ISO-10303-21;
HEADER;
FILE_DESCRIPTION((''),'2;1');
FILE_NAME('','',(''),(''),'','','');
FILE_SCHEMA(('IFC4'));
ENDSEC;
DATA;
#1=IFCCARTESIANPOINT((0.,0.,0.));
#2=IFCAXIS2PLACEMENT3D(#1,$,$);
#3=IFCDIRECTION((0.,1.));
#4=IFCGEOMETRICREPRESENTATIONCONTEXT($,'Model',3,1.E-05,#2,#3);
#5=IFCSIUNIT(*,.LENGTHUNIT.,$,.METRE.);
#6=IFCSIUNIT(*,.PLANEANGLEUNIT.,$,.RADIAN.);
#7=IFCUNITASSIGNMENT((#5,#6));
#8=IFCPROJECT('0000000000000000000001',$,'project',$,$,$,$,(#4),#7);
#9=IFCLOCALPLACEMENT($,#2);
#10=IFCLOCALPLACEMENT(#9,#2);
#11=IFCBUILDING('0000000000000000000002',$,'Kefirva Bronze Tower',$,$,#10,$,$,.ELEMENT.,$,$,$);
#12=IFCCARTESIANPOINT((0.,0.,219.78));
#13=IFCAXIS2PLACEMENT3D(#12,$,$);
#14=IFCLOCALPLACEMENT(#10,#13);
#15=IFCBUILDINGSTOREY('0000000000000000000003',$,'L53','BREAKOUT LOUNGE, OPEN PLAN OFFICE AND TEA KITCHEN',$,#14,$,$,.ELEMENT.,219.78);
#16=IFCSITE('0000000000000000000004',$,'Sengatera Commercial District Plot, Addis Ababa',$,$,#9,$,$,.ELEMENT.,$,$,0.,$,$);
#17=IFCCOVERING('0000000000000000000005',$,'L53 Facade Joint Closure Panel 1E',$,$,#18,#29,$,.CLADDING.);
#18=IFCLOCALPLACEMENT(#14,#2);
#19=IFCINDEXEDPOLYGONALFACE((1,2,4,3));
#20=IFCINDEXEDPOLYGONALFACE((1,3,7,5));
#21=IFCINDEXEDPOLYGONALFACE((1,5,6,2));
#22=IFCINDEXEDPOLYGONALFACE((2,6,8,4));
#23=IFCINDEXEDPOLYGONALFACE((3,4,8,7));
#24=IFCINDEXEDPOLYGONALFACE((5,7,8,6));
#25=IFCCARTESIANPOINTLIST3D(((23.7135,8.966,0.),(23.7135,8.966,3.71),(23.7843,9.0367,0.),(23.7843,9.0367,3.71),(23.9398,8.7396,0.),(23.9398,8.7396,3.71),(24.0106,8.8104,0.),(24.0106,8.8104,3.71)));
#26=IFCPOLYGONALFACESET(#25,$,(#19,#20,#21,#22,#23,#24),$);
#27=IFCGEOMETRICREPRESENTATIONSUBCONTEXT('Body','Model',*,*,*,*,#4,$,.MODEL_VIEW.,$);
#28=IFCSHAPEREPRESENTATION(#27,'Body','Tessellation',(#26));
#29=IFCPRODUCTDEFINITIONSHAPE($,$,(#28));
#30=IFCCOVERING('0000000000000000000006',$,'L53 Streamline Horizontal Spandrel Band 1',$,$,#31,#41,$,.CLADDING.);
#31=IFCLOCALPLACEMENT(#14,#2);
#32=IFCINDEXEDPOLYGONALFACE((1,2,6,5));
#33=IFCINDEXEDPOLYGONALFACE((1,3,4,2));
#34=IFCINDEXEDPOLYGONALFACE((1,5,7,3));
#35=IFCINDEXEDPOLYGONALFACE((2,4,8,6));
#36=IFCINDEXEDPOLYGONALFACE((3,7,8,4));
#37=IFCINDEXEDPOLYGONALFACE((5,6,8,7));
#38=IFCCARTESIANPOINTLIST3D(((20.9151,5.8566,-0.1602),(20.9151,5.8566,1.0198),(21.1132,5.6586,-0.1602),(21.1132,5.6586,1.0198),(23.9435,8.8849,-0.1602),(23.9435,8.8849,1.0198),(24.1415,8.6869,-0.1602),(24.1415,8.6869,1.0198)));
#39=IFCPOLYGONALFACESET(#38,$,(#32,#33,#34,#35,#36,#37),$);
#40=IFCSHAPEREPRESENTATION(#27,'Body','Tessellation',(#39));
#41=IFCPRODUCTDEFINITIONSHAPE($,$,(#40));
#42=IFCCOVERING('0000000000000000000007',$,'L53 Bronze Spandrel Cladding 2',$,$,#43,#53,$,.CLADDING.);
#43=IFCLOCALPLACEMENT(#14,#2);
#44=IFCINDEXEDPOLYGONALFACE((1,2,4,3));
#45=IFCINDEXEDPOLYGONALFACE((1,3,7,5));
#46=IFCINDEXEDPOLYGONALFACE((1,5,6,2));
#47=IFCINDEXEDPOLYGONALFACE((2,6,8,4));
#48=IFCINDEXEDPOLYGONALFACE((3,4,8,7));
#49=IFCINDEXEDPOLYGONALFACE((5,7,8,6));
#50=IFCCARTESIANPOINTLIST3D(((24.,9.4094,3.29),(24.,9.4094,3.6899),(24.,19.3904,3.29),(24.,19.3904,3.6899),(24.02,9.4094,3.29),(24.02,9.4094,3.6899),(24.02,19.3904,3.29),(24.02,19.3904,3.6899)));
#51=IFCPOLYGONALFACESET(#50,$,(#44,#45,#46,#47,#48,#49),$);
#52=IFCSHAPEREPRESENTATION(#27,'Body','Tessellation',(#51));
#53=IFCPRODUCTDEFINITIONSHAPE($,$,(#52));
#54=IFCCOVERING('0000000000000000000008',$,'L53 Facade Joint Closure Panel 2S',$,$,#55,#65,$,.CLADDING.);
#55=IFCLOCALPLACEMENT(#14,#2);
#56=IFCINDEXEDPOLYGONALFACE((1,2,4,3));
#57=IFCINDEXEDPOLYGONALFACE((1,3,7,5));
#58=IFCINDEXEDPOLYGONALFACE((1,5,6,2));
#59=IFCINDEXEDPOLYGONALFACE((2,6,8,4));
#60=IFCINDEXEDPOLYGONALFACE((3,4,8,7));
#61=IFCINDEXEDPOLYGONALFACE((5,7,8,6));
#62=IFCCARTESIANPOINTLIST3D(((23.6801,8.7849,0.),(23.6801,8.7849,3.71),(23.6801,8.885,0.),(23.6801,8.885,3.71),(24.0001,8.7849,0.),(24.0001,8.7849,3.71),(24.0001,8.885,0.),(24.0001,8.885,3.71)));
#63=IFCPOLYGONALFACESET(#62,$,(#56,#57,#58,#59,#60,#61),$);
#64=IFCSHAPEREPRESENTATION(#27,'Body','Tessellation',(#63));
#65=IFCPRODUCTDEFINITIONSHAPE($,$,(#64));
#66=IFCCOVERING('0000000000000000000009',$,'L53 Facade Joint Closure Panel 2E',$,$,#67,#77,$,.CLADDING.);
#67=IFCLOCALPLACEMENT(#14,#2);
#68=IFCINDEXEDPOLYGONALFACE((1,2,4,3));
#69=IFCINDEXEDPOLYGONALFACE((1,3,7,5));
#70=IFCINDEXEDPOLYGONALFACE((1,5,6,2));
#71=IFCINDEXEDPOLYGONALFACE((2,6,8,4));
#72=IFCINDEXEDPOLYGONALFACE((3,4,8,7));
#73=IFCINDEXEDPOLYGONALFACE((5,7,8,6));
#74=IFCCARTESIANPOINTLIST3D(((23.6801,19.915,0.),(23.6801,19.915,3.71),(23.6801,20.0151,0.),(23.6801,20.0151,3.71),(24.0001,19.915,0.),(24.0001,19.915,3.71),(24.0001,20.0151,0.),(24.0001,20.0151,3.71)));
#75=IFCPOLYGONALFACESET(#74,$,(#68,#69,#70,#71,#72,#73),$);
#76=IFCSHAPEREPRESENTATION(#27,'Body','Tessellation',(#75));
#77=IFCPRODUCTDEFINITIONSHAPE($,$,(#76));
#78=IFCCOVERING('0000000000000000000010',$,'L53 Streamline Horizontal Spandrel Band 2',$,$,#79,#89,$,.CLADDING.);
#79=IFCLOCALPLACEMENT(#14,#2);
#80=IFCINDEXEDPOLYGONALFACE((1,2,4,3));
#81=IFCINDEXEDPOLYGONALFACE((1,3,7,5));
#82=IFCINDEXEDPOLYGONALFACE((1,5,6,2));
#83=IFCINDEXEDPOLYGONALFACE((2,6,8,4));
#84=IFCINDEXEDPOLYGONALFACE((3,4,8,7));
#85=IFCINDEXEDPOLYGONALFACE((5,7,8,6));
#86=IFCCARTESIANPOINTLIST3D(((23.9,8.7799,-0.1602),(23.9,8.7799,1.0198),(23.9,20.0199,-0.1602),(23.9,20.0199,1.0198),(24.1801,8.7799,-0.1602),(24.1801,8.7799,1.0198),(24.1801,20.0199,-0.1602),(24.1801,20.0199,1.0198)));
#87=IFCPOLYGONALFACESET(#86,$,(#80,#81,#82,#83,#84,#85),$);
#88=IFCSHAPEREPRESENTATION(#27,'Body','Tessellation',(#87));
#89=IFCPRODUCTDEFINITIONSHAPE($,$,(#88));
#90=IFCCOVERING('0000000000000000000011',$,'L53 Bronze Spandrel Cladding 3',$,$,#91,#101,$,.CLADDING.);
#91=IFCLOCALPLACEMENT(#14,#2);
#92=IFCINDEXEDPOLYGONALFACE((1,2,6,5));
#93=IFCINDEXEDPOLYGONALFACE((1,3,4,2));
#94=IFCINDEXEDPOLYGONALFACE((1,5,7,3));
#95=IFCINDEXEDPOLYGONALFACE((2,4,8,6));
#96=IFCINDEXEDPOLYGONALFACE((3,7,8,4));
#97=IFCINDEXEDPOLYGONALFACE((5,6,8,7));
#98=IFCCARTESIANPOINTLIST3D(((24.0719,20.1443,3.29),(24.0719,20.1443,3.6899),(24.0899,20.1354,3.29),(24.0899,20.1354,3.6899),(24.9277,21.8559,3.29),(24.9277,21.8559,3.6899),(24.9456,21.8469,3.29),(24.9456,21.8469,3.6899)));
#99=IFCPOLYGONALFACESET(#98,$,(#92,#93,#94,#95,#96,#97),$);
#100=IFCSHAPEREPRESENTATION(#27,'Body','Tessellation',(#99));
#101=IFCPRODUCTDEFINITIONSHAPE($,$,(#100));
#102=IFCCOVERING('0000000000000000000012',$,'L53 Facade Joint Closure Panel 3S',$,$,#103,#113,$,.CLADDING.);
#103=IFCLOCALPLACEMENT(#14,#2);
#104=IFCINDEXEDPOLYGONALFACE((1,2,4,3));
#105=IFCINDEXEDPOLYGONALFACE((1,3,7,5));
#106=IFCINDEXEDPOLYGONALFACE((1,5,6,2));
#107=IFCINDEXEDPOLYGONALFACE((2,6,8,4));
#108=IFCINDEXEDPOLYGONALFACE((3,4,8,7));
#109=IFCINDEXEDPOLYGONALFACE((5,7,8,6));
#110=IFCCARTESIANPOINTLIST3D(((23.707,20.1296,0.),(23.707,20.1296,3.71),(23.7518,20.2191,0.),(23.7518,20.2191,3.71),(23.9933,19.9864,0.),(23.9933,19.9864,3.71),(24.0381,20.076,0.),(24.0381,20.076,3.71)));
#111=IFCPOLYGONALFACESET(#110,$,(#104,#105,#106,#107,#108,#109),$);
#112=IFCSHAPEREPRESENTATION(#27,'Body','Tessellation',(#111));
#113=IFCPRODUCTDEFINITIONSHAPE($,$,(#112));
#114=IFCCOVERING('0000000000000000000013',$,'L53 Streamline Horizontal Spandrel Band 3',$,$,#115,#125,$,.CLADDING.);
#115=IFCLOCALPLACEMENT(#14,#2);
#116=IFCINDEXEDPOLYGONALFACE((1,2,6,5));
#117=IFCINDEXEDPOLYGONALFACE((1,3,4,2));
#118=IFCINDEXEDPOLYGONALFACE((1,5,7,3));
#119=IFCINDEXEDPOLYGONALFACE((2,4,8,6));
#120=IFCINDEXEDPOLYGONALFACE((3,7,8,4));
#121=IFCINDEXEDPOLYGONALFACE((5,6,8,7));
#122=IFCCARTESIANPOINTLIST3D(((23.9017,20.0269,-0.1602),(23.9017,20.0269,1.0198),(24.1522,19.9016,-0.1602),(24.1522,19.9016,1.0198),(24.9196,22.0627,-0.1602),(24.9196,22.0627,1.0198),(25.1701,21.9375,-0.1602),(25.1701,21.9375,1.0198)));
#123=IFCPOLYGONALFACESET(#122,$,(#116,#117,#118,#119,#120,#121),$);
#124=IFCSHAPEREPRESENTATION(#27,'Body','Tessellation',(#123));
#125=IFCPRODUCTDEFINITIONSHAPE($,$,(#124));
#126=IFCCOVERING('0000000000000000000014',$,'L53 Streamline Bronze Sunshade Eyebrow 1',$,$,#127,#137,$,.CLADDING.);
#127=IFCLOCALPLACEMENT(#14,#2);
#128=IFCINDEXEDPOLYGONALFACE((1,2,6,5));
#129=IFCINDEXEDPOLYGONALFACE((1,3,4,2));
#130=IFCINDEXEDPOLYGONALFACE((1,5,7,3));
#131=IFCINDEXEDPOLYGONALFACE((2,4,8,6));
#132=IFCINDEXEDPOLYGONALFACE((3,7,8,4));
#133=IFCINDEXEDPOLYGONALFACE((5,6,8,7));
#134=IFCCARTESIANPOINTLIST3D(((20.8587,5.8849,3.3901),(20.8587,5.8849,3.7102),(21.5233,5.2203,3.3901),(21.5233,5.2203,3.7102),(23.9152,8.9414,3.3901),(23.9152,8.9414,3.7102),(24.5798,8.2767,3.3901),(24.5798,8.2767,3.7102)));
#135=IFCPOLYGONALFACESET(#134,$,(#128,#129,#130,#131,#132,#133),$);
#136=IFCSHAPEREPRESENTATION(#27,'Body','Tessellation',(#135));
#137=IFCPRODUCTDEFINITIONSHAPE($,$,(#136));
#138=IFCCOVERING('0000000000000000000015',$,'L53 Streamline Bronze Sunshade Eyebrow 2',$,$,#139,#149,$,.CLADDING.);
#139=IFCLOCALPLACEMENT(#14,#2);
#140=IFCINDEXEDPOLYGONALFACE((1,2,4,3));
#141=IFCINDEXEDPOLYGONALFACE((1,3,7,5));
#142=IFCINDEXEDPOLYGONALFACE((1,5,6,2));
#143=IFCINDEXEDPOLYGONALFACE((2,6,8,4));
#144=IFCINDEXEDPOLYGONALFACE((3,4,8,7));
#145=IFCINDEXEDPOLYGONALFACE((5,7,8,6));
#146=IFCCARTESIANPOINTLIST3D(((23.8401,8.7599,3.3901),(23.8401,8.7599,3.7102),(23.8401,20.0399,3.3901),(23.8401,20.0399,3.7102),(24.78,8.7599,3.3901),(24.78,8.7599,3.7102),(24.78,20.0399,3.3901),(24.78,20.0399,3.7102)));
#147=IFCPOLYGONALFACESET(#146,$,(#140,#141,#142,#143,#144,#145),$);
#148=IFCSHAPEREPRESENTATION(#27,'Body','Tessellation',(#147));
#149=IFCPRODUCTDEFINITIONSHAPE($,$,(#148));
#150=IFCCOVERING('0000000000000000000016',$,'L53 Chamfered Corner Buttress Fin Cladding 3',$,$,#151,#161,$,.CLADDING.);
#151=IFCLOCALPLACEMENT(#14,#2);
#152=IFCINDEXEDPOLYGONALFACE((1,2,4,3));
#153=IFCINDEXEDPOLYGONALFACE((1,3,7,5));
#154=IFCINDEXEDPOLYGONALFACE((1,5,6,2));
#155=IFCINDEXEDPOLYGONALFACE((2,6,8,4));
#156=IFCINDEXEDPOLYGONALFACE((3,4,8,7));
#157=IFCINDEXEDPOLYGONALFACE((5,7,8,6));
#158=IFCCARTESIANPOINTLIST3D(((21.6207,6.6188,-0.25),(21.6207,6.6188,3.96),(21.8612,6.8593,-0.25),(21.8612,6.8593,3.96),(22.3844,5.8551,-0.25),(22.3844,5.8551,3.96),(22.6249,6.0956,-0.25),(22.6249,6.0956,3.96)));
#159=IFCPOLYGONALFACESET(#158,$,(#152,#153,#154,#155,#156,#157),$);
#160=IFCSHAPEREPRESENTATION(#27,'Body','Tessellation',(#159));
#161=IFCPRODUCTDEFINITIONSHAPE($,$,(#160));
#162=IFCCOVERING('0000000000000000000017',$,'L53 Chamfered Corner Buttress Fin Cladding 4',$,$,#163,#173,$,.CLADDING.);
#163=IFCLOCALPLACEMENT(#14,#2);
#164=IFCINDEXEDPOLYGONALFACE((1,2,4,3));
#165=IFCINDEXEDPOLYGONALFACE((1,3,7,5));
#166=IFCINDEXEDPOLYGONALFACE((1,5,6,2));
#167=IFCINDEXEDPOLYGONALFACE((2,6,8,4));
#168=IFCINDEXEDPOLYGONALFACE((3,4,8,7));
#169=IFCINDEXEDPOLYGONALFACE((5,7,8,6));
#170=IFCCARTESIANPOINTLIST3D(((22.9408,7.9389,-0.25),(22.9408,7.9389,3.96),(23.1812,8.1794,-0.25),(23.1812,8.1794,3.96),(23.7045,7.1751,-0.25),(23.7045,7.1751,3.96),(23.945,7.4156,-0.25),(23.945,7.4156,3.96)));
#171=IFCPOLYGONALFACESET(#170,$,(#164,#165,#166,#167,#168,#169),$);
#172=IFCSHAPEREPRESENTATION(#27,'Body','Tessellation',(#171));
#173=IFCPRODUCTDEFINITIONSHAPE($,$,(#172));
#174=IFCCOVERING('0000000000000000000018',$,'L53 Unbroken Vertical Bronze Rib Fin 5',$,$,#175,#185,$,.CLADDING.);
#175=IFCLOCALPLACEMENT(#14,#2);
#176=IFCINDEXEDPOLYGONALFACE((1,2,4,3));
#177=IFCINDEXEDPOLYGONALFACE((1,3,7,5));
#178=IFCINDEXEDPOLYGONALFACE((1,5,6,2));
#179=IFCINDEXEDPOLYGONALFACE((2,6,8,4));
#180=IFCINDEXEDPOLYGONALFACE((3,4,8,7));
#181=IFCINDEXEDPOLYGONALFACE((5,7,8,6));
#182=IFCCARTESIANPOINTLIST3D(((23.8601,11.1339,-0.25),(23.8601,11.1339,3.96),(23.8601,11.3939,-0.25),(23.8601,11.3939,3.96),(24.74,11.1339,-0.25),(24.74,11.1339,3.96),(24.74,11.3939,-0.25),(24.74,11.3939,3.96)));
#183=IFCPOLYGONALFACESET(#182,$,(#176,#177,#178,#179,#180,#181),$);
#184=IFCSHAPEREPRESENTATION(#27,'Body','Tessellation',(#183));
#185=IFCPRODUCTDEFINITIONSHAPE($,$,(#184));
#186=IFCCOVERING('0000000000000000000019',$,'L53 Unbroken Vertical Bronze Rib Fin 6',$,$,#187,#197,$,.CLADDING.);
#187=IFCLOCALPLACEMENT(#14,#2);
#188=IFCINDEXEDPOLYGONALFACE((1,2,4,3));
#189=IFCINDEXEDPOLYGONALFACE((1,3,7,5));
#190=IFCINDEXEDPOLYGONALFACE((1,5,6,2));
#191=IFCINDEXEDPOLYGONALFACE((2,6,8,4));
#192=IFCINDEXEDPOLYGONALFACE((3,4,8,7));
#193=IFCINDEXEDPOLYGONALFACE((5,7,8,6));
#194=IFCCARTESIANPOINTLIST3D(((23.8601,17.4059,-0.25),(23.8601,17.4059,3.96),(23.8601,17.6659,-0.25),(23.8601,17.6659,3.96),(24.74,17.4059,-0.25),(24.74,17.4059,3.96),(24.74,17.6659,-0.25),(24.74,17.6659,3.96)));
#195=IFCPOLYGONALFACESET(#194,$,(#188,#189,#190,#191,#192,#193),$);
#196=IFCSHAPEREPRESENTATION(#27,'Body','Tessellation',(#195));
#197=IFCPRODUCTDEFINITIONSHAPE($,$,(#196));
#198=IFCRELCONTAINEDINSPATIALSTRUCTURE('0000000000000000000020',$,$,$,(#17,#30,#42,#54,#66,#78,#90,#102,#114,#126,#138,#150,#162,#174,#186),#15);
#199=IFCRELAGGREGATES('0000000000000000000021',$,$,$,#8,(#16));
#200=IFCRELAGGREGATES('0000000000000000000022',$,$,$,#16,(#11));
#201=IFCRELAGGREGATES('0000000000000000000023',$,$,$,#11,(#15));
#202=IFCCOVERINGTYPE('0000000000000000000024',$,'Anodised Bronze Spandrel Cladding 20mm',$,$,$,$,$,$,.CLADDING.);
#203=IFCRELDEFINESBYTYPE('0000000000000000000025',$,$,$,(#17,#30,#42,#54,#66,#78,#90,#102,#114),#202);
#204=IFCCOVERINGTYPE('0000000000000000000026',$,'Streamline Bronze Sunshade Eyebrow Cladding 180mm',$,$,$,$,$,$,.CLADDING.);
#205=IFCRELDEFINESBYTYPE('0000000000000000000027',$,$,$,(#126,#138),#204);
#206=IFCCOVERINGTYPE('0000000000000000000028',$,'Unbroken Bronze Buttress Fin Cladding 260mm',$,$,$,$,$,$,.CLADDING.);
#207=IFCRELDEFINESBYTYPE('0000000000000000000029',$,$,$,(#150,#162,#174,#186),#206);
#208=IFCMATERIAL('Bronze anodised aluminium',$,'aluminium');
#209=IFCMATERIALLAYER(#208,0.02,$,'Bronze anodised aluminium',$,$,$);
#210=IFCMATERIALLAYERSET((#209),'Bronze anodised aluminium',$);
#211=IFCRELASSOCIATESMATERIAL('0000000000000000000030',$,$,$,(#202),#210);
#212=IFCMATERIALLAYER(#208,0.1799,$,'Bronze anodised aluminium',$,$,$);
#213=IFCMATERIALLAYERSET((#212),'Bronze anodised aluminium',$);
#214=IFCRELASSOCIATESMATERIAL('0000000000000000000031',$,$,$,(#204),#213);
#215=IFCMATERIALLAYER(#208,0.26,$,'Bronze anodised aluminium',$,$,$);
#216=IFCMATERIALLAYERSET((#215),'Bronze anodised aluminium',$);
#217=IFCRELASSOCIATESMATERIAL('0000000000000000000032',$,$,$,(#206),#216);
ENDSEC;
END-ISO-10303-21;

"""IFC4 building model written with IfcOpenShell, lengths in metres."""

from ifc_helpers import new_model, si_unit, direction, frame, origin, origin_2d, place, context, subcontext, project, spatial, rectangle, extrude, material, layer, layer_set, type_object, element, save


model = new_model("IFC4")

# Units and contexts
model_context = context("Model", 3, precision=1e-05, world=origin(), true_north=direction((0.0, 1.0)))
body_context = subcontext(model_context, "Body", "Model", "MODEL_VIEW")
ifc_project = project(units=[si_unit("LENGTHUNIT", "METRE"), si_unit("PLANEANGLEUNIT", "RADIAN")], contexts=[model_context])

# Site, building, storey
site_placement = place(None, origin())
site = spatial("IfcSite", under=ifc_project, at=site_placement, Name="Sengatera Commercial District Plot, Addis Ababa", CompositionType="ELEMENT", RefElevation=0.0)
building_placement = place(site_placement, origin())
building = spatial("IfcBuilding", under=site, at=building_placement, Name="Kefirva Bronze Tower", CompositionType="ELEMENT")
storey_placement = place(building_placement, frame((0.0, 0.0, 219.78)))
storey = spatial("IfcBuildingStorey", under=building, at=storey_placement, Name="L53", Description="BREAKOUT LOUNGE, OPEN PLAN OFFICE AND TEA KITCHEN", CompositionType="ELEMENT", Elevation=219.78)

# Shared definitions
ifc_material_1 = material(Name="Bronze anodised aluminium", Category="aluminium")

# Coverings
ifc_layer_1 = layer(ifc_material_1, 0.02, Name="Bronze anodised aluminium")
ifc_layer_set_1 = layer_set([ifc_layer_1], Name="Bronze anodised aluminium")
covering_type_1 = type_object("IfcCoveringType", Name="Anodised Bronze Spandrel Cladding 20mm", PredefinedType="CLADDING", material=ifc_layer_set_1)
for number, where, z_axis, x_axis, name in (
    (1, (23.8621, 8.8882, 0.0), (0.0, 0.0, 1.0), (0.707107, 0.707107, 0.0), "L53 Facade Joint Closure Panel 1E"),
):
    element("IfcCovering", number, at=place(storey_placement, frame(where, z_axis=z_axis, x_axis=x_axis)), inside=storey, type_object=covering_type_1, Name=name, PredefinedType="CLADDING", context=body_context, shape_type="SweptSolid", body=[
        extrude(rectangle(XDim=0.1001, YDim=0.3201, at=origin_2d()), origin(), (0.0, 0.0, 1.0), 3.71),
    ])
covering_1_placement = place(storey_placement, frame((22.5283, 7.2717, -0.1602), z_axis=(0.0, 0.0, 1.0), x_axis=(0.707107, 0.707107, 0.0)))
element("IfcCovering", 2, at=covering_1_placement, inside=storey, type_object=covering_type_1, Name="L53 Streamline Horizontal Spandrel Band 1", PredefinedType="CLADDING", context=body_context, shape_type="SweptSolid", body=[
    extrude(rectangle(XDim=4.2827, YDim=0.28, at=origin_2d()), origin(), (0.0, 0.0, 1.0), 1.1799),
])
covering_2_placement = place(storey_placement, frame((24.01, 14.3999, 3.29), z_axis=(0.0, 0.0, 1.0), x_axis=(0.0, 1.0, 0.0)))
element("IfcCovering", 3, at=covering_2_placement, inside=storey, type_object=covering_type_1, Name="L53 Bronze Spandrel Cladding 2", PredefinedType="CLADDING", context=body_context, shape_type="SweptSolid", body=[
    extrude(rectangle(XDim=9.981, YDim=0.02, at=origin_2d()), origin(), (0.0, 0.0, 1.0), 0.3999),
])
for number, where, z_axis, x_axis, name in (
    (4, (23.8401, 8.835, 0.0), (0.0, 0.0, 1.0), (0.0, 1.0, 0.0), "L53 Facade Joint Closure Panel 2S"),
    (5, (23.8401, 19.9651, 0.0), (0.0, 0.0, 1.0), (0.0, 1.0, 0.0), "L53 Facade Joint Closure Panel 2E"),
):
    element("IfcCovering", number, at=place(storey_placement, frame(where, z_axis=z_axis, x_axis=x_axis)), inside=storey, type_object=covering_type_1, Name=name, PredefinedType="CLADDING", context=body_context, shape_type="SweptSolid", body=[
        extrude(rectangle(XDim=0.1001, YDim=0.3201, at=origin_2d()), origin(), (0.0, 0.0, 1.0), 3.71),
    ])
covering_3_placement = place(storey_placement, frame((24.04, 14.3999, -0.1602), z_axis=(0.0, 0.0, 1.0), x_axis=(0.0, 1.0, 0.0)))
element("IfcCovering", 6, at=covering_3_placement, inside=storey, type_object=covering_type_1, Name="L53 Streamline Horizontal Spandrel Band 2", PredefinedType="CLADDING", context=body_context, shape_type="SweptSolid", body=[
    extrude(rectangle(XDim=11.24, YDim=0.28, at=origin_2d()), origin(), (0.0, 0.0, 1.0), 1.1799),
])
covering_4_placement = place(storey_placement, frame((24.5088, 20.9956, 3.29), z_axis=(0.0, 0.0, 1.0), x_axis=(0.447214, 0.894427, 0.0)))
element("IfcCovering", 7, at=covering_4_placement, inside=storey, type_object=covering_type_1, Name="L53 Bronze Spandrel Cladding 3", PredefinedType="CLADDING", context=body_context, shape_type="SweptSolid", body=[
    extrude(rectangle(XDim=1.9136, YDim=0.02, at=origin_2d()), origin(), (0.0, 0.0, 1.0), 0.3999),
])
covering_5_placement = place(storey_placement, frame((23.8726, 20.1028, 0.0), z_axis=(0.0, 0.0, 1.0), x_axis=(0.447214, 0.894427, 0.0)))
element("IfcCovering", 8, at=covering_5_placement, inside=storey, type_object=covering_type_1, Name="L53 Facade Joint Closure Panel 3S", PredefinedType="CLADDING", context=body_context, shape_type="SweptSolid", body=[
    extrude(rectangle(XDim=0.1001, YDim=0.3201, at=origin_2d()), origin(), (0.0, 0.0, 1.0), 3.71),
])
covering_6_placement = place(storey_placement, frame((24.5359, 20.9822, -0.1602), z_axis=(0.0, 0.0, 1.0), x_axis=(0.447214, 0.894427, 0.0)))
element("IfcCovering", 9, at=covering_6_placement, inside=storey, type_object=covering_type_1, Name="L53 Streamline Horizontal Spandrel Band 3", PredefinedType="CLADDING", context=body_context, shape_type="SweptSolid", body=[
    extrude(rectangle(XDim=2.2761, YDim=0.28, at=origin_2d()), origin(), (0.0, 0.0, 1.0), 1.1799),
])
ifc_layer_2 = layer(ifc_material_1, 0.1799, Name="Bronze anodised aluminium")
ifc_layer_set_2 = layer_set([ifc_layer_2], Name="Bronze anodised aluminium")
covering_type_2 = type_object("IfcCoveringType", Name="Streamline Bronze Sunshade Eyebrow Cladding 180mm", PredefinedType="CLADDING", material=ifc_layer_set_2)
covering_7_placement = place(storey_placement, frame((22.7192, 7.0808, 3.3901), z_axis=(0.0, 0.0, 1.0), x_axis=(0.707107, 0.707107, 0.0)))
element("IfcCovering", 10, at=covering_7_placement, inside=storey, type_object=covering_type_2, Name="L53 Streamline Bronze Sunshade Eyebrow 1", PredefinedType="CLADDING", context=body_context, shape_type="SweptSolid", body=[
    extrude(rectangle(XDim=4.3225, YDim=0.9399, at=origin_2d()), origin(), (0.0, 0.0, 1.0), 0.3201),
])
covering_8_placement = place(storey_placement, frame((24.3101, 14.3999, 3.3901), z_axis=(0.0, 0.0, 1.0), x_axis=(0.0, 1.0, 0.0)))
element("IfcCovering", 11, at=covering_8_placement, inside=storey, type_object=covering_type_2, Name="L53 Streamline Bronze Sunshade Eyebrow 2", PredefinedType="CLADDING", context=body_context, shape_type="SweptSolid", body=[
    extrude(rectangle(XDim=11.28, YDim=0.9399, at=origin_2d()), origin(), (0.0, 0.0, 1.0), 0.3201),
])
ifc_layer_3 = layer(ifc_material_1, 0.26, Name="Bronze anodised aluminium")
ifc_layer_set_3 = layer_set([ifc_layer_3], Name="Bronze anodised aluminium")
covering_type_3 = type_object("IfcCoveringType", Name="Unbroken Bronze Buttress Fin Cladding 260mm", PredefinedType="CLADDING", material=ifc_layer_set_3)
for number, where, z_axis, x_axis, name in (
    (12, (22.1228, 6.3572, -0.25), (0.0, 0.0, 1.0), (0.707107, 0.707107, 0.0), "L53 Chamfered Corner Buttress Fin Cladding 3"),
    (13, (23.4429, 7.6772, -0.25), (0.0, 0.0, 1.0), (0.707107, 0.707107, 0.0), "L53 Chamfered Corner Buttress Fin Cladding 4"),
):
    element("IfcCovering", number, at=place(storey_placement, frame(where, z_axis=z_axis, x_axis=x_axis)), inside=storey, type_object=covering_type_3, Name=name, PredefinedType="CLADDING", context=body_context, shape_type="SweptSolid", body=[
        extrude(rectangle(XDim=0.3401, YDim=1.0801, at=origin_2d()), origin(), (0.0, 0.0, 1.0), 4.21),
    ])
for number, where, z_axis, x_axis, name in (
    (14, (24.3, 11.2639, -0.25), (0.0, 0.0, 1.0), (0.0, 1.0, 0.0), "L53 Unbroken Vertical Bronze Rib Fin 5"),
    (15, (24.3, 17.5359, -0.25), (0.0, 0.0, 1.0), (0.0, 1.0, 0.0), "L53 Unbroken Vertical Bronze Rib Fin 6"),
):
    element("IfcCovering", number, at=place(storey_placement, frame(where, z_axis=z_axis, x_axis=x_axis)), inside=storey, type_object=covering_type_3, Name=name, PredefinedType="CLADDING", context=body_context, shape_type="SweptSolid", body=[
        extrude(rectangle(XDim=0.26, YDim=0.8799, at=origin_2d()), origin(), (0.0, 0.0, 1.0), 4.21),
    ])

save(model, "model.ifc")
